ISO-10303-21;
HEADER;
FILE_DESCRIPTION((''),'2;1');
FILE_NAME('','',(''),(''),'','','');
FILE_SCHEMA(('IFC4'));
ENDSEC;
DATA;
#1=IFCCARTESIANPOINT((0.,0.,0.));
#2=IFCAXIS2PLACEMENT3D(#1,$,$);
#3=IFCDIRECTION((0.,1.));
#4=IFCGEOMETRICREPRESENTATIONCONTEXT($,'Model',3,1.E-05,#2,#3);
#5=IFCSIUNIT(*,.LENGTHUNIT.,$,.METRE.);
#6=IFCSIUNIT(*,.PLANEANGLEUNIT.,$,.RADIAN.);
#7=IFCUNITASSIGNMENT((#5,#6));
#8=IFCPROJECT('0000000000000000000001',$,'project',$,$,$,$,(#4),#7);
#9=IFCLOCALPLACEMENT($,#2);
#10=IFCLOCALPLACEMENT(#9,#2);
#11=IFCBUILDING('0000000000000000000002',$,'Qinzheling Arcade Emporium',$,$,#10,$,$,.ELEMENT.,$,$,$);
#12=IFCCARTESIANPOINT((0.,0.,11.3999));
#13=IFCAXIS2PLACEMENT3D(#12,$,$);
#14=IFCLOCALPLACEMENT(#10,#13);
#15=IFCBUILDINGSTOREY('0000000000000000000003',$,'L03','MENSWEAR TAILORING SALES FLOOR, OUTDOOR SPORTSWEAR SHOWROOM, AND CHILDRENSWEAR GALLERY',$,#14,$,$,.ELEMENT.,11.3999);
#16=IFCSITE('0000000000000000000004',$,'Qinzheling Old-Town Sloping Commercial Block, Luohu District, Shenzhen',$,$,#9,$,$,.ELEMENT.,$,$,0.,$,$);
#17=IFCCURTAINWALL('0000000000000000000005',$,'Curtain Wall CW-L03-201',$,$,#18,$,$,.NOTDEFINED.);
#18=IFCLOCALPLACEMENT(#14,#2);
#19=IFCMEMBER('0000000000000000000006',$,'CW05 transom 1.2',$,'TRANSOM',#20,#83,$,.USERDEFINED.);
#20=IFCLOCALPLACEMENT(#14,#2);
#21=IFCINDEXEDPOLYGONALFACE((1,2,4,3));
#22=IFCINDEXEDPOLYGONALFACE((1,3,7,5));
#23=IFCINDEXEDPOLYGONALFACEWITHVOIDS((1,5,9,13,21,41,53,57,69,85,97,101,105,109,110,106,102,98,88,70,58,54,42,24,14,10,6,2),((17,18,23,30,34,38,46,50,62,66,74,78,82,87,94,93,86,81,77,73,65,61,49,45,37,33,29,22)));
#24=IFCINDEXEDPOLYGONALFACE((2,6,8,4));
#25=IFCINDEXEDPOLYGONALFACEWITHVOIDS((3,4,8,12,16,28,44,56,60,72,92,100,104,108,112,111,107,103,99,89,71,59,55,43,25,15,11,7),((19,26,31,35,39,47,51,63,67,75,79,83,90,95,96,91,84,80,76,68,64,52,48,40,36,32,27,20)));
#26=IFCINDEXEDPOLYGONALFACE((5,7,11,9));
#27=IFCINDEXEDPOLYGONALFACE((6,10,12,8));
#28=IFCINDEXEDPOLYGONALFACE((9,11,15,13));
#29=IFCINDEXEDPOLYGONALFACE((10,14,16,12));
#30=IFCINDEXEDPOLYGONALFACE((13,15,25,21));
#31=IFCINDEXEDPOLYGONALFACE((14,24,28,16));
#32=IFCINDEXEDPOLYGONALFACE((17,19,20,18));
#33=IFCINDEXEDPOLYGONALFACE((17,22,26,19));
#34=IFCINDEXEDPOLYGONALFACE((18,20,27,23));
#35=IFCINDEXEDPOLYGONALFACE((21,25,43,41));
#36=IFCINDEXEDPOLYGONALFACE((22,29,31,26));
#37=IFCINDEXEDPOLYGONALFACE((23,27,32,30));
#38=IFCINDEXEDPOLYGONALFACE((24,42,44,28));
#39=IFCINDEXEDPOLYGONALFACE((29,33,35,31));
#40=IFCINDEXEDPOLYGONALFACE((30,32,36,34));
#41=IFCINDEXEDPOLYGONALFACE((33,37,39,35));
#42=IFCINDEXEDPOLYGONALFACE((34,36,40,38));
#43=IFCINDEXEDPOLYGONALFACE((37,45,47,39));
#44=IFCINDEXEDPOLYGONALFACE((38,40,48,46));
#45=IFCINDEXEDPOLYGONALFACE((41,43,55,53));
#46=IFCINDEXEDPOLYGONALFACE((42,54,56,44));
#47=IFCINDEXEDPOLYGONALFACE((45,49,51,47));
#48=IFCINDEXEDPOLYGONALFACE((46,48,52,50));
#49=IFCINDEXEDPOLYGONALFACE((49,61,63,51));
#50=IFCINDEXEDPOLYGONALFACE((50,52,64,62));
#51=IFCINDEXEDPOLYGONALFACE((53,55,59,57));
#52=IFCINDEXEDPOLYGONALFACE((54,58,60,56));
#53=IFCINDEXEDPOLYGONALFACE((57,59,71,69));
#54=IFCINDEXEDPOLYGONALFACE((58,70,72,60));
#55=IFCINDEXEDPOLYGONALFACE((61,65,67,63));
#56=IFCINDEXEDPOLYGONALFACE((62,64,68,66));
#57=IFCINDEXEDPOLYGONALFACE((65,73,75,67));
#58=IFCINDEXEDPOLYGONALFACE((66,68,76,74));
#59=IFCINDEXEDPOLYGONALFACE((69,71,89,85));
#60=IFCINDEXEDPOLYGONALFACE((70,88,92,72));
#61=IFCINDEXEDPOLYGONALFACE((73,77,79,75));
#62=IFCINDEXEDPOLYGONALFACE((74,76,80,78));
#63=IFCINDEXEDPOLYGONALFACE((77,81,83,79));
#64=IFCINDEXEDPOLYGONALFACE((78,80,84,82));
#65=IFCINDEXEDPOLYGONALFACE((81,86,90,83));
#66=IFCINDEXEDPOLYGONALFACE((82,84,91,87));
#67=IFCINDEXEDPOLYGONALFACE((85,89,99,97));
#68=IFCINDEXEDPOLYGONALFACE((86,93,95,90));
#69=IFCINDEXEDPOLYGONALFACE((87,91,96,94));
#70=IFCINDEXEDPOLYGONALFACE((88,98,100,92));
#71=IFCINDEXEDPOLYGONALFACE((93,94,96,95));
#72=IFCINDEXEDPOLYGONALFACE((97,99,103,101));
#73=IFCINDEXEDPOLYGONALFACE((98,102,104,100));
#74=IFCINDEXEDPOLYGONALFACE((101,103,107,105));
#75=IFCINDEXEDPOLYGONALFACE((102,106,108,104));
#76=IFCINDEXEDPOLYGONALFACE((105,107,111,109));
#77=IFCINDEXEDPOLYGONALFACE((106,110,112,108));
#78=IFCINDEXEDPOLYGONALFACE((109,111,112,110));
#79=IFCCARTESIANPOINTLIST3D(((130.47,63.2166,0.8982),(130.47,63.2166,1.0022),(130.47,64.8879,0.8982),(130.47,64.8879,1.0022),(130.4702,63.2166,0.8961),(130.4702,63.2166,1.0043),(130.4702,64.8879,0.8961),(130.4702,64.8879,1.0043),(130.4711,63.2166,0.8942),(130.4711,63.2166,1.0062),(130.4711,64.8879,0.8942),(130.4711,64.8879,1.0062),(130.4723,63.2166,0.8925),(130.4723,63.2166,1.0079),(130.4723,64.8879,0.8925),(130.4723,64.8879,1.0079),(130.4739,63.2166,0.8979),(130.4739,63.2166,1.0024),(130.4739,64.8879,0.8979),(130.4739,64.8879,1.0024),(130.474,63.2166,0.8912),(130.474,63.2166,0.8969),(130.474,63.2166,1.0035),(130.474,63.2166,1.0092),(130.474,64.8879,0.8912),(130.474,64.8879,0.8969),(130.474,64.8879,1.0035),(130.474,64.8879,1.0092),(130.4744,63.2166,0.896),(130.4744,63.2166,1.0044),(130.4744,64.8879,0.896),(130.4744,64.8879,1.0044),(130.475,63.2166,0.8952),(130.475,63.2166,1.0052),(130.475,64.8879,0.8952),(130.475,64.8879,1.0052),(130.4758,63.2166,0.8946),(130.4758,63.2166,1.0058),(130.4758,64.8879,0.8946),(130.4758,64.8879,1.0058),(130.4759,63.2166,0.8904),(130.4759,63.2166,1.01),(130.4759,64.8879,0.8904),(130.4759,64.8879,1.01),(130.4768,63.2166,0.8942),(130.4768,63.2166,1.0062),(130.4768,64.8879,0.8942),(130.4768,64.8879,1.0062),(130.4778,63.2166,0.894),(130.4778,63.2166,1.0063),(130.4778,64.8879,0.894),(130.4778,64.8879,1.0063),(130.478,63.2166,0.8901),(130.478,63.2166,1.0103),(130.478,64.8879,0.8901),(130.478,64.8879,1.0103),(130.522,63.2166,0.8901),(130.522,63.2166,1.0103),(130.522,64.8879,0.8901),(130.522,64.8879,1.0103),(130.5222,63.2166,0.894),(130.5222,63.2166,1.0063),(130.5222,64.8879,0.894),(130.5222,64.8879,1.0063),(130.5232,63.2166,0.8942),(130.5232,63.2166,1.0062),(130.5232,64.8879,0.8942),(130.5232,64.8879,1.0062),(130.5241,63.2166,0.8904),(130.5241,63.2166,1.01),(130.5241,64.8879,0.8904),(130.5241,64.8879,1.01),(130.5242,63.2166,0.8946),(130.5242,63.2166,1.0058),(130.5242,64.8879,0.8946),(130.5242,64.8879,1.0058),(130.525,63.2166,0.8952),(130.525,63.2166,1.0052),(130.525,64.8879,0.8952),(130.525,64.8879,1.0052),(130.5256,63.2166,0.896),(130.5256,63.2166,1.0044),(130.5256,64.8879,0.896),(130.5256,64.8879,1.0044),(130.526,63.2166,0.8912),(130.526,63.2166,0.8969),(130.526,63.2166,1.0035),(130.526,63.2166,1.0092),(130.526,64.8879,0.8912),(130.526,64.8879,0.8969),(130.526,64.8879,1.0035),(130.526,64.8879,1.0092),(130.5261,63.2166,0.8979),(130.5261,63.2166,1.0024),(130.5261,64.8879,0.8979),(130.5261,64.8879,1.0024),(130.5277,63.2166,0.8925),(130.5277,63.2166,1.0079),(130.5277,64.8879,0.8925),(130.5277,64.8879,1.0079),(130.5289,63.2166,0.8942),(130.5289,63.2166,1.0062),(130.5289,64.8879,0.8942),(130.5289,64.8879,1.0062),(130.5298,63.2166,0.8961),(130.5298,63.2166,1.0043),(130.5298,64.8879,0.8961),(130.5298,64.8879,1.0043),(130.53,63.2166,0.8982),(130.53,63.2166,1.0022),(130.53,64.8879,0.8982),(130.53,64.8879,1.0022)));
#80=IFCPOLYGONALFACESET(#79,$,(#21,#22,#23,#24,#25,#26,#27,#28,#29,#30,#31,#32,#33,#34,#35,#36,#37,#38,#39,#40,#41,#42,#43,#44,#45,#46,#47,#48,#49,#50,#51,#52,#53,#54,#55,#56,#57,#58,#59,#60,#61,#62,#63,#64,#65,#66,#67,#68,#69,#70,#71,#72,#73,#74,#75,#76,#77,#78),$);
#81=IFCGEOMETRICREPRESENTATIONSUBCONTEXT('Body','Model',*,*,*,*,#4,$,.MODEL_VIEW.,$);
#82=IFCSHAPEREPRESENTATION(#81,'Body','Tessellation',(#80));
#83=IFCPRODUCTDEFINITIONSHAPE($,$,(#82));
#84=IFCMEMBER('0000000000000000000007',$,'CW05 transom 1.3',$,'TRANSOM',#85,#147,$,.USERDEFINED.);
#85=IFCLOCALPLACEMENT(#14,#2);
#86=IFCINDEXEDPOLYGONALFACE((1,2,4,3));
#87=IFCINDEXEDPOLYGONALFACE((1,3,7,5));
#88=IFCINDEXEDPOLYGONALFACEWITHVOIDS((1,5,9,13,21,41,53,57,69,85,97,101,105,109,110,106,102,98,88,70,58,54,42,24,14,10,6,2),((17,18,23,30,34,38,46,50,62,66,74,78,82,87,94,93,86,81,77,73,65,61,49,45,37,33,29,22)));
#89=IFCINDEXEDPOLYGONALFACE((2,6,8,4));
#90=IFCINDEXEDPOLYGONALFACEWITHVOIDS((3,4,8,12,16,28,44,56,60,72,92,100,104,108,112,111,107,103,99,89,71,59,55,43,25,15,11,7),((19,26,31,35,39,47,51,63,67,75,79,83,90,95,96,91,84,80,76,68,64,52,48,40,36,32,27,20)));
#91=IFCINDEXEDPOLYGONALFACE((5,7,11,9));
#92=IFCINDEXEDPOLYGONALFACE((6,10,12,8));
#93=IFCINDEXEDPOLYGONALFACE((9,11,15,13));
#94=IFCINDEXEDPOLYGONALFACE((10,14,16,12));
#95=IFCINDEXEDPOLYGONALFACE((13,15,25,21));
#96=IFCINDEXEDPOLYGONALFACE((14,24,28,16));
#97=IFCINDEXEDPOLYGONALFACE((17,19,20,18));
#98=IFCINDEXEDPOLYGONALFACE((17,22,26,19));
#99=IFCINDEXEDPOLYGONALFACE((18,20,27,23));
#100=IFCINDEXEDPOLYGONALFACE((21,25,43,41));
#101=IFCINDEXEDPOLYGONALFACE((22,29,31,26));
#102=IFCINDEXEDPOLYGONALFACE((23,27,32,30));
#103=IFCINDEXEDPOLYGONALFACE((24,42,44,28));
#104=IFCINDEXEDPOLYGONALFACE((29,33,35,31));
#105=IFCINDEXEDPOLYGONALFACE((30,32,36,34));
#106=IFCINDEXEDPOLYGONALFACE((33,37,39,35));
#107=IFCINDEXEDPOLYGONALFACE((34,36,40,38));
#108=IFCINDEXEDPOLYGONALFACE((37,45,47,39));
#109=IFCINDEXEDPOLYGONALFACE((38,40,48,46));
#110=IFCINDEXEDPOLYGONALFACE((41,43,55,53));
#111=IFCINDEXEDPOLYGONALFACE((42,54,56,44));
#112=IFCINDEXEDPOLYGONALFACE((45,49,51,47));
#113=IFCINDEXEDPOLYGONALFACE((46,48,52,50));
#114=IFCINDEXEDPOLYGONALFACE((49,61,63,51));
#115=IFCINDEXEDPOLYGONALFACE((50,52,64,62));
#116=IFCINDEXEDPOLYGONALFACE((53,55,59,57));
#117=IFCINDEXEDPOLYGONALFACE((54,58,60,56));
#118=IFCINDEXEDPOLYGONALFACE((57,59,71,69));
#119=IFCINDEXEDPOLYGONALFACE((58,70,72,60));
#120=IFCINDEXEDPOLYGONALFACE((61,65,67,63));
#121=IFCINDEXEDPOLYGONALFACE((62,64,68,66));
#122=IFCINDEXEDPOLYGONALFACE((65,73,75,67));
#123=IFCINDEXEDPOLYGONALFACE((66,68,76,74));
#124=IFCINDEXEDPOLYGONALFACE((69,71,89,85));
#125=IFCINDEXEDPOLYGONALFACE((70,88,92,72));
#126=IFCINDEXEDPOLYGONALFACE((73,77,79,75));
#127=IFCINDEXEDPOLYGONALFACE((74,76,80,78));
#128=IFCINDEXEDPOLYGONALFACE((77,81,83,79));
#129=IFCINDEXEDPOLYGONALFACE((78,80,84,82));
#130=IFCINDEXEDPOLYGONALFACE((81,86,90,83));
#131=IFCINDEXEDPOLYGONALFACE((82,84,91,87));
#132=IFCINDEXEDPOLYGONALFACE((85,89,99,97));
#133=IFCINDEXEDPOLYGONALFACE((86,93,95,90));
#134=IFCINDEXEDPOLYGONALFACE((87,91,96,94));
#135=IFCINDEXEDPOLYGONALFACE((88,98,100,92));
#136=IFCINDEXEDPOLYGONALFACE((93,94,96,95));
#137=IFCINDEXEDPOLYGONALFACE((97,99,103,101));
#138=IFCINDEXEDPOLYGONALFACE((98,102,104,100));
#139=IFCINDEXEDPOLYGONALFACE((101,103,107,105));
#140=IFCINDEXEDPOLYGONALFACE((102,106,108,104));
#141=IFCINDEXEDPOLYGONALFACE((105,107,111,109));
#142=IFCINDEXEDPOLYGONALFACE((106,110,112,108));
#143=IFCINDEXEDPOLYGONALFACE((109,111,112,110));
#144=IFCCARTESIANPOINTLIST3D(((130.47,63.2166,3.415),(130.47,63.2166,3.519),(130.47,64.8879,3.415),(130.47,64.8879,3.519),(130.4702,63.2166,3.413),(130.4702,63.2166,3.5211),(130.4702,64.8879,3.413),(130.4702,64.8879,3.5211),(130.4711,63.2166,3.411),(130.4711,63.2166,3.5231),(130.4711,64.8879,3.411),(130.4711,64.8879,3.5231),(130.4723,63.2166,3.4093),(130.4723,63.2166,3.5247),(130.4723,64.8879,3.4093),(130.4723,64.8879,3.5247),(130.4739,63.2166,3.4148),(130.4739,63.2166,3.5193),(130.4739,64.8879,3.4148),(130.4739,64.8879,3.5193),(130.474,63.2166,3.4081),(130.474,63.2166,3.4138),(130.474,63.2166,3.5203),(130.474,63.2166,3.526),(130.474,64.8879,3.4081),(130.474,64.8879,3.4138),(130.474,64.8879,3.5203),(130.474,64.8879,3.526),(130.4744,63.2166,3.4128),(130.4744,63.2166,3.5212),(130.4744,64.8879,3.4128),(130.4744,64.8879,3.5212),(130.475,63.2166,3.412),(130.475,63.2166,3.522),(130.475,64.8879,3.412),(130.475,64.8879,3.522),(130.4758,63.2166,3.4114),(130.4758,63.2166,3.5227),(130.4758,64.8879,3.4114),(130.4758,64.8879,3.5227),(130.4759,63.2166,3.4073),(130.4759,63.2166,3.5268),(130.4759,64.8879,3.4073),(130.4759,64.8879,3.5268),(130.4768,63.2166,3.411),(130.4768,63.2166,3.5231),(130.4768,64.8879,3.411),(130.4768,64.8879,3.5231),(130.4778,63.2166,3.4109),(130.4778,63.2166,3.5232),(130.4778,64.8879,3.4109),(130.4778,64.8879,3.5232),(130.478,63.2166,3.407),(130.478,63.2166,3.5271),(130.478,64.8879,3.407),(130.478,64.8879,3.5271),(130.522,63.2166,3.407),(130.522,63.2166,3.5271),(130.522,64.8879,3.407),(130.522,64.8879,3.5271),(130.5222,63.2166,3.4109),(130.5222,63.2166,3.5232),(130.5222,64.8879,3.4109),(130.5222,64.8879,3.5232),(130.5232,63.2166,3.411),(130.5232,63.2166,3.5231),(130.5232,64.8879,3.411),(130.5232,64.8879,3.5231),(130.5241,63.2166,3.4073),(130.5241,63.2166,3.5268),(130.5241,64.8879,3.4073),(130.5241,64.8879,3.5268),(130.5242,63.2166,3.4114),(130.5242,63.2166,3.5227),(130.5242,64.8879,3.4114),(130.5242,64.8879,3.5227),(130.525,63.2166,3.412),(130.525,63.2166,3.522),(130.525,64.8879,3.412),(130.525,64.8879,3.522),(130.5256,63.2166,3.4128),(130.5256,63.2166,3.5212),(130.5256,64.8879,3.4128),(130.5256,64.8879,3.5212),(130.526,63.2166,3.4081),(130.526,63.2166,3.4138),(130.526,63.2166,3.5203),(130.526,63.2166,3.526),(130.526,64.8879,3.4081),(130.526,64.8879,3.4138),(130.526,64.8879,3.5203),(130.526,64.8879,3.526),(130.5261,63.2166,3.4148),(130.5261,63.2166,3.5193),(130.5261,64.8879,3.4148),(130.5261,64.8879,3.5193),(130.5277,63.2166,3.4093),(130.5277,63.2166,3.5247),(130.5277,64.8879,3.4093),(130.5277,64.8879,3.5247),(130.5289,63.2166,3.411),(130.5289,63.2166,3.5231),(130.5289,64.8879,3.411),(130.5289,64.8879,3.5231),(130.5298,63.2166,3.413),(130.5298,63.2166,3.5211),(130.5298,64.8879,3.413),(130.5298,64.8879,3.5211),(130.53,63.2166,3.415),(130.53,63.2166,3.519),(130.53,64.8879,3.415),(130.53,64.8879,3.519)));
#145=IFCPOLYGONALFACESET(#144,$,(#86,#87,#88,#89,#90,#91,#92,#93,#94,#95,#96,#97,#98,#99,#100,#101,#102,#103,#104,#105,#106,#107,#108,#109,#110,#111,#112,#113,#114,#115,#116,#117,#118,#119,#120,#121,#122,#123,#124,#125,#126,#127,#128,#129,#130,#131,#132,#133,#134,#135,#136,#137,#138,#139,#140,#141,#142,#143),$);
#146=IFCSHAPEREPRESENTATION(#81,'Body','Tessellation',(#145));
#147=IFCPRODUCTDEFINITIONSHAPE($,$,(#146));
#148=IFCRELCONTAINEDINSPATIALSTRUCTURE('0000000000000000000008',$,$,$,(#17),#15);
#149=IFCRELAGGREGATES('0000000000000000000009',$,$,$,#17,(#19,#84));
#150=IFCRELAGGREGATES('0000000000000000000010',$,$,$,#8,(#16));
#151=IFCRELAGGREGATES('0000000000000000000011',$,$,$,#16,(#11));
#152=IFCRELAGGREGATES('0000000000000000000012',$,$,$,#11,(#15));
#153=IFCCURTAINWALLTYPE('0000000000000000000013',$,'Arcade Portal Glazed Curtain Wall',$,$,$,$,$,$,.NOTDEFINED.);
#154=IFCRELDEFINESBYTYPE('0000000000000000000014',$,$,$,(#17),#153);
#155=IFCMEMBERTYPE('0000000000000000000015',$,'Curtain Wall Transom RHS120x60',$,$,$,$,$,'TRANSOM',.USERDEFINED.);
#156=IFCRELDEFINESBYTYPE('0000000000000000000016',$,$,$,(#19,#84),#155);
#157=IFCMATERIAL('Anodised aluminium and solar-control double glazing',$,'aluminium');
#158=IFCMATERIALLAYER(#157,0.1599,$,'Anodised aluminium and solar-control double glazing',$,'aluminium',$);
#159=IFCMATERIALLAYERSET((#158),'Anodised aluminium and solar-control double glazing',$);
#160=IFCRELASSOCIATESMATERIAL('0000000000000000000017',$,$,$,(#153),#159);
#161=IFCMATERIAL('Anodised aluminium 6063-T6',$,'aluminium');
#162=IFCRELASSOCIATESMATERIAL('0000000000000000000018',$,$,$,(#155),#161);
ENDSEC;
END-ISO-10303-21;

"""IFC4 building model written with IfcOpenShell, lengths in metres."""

from ifc_helpers import new_model, si_unit, direction, frame, origin, origin_2d, place, context, subcontext, project, spatial, hollow_rectangle, extrude, material, layer, layer_set, material_profile, profile_set, type_object, element, aggregate, save


model = new_model("IFC4")

# Units and contexts
model_context = context("Model", 3, precision=1e-05, world=origin(), true_north=direction((0.0, 1.0)))
body_context = subcontext(model_context, "Body", "Model", "MODEL_VIEW")
ifc_project = project(units=[si_unit("LENGTHUNIT", "METRE"), si_unit("PLANEANGLEUNIT", "RADIAN")], contexts=[model_context])

# Site, building, storey
site_placement = place(None, origin())
site = spatial("IfcSite", under=ifc_project, at=site_placement, Name="Qinzheling Old-Town Sloping Commercial Block, Luohu District, Shenzhen", CompositionType="ELEMENT", RefElevation=0.0)
building_placement = place(site_placement, origin())
building = spatial("IfcBuilding", under=site, at=building_placement, Name="Qinzheling Arcade Emporium", CompositionType="ELEMENT")
storey_placement = place(building_placement, frame((0.0, 0.0, 11.3999)))
storey = spatial("IfcBuildingStorey", under=building, at=storey_placement, Name="L03", Description="MENSWEAR TAILORING SALES FLOOR, OUTDOOR SPORTSWEAR SHOWROOM, AND CHILDRENSWEAR GALLERY", CompositionType="ELEMENT", Elevation=11.3999)

# Shared definitions
ifc_material_1 = material(Name="Anodised aluminium and solar-control double glazing", Category="aluminium")
ifc_layer_1 = layer(ifc_material_1, 0.1599, Name="Anodised aluminium and solar-control double glazing", Category="aluminium")
ifc_layer_set_1 = layer_set([ifc_layer_1], Name="Anodised aluminium and solar-control double glazing")
curtain_wall_type = type_object("IfcCurtainWallType", Name="Arcade Portal Glazed Curtain Wall", PredefinedType="NOTDEFINED", material=ifc_layer_set_1)
ifc_material_2 = material(Name="Anodised aluminium 6063-T6", Category="aluminium")

# Curtain wall
curtain_wall_1_placement = place(storey_placement, origin())
curtain_wall_1 = element("IfcCurtainWall", 1, at=curtain_wall_1_placement, inside=storey, type_object=curtain_wall_type, Name="Curtain Wall CW-L03-201", PredefinedType="NOTDEFINED")

# Members
ifc_material_profile_1 = material_profile(ifc_material_2, hollow_rectangle(XDim=0.0601, YDim=0.1201, WallThickness=0.0039, InnerFilletRadius=0.0039, OuterFilletRadius=0.0081, at=origin_2d()), Name="RHS 120x60x4", Category="aluminium")
ifc_profile_set_1 = profile_set([ifc_material_profile_1], Name="Anodised aluminium 6063-T6")
member_type_1 = type_object("IfcMemberType", Name="Curtain Wall Transom RHS120x60", ElementType="TRANSOM", PredefinedType="USERDEFINED", material=ifc_profile_set_1)
member_1_placement = place(storey_placement, frame((130.5, 64.8879, 0.9502), z_axis=(0.0, -1.0, 0.0), x_axis=(1.0, 0.0, 0.0)))
member_1 = element("IfcMember", 2, at=member_1_placement, type_object=member_type_1, Name="CW05 transom 1.2", ObjectType="TRANSOM", PredefinedType="USERDEFINED", context=body_context, shape_type="SweptSolid", body=[
    extrude(hollow_rectangle(XDim=0.0601, YDim=0.1201, WallThickness=0.0039, InnerFilletRadius=0.0039, OuterFilletRadius=0.0081, at=origin_2d()), origin(), (0.0, 0.0, 1.0), 1.6714),
])
member_2_placement = place(storey_placement, frame((130.5, 64.8879, 3.467), z_axis=(0.0, -1.0, 0.0), x_axis=(1.0, 0.0, 0.0)))
member_2 = element("IfcMember", 3, at=member_2_placement, type_object=member_type_1, Name="CW05 transom 1.3", ObjectType="TRANSOM", PredefinedType="USERDEFINED", context=body_context, shape_type="SweptSolid", body=[
    extrude(hollow_rectangle(XDim=0.0601, YDim=0.1201, WallThickness=0.0039, InnerFilletRadius=0.0039, OuterFilletRadius=0.0081, at=origin_2d()), origin(), (0.0, 0.0, 1.0), 1.6714),
])

aggregate(curtain_wall_1, [member_1, member_2])

save(model, "model.ifc")
